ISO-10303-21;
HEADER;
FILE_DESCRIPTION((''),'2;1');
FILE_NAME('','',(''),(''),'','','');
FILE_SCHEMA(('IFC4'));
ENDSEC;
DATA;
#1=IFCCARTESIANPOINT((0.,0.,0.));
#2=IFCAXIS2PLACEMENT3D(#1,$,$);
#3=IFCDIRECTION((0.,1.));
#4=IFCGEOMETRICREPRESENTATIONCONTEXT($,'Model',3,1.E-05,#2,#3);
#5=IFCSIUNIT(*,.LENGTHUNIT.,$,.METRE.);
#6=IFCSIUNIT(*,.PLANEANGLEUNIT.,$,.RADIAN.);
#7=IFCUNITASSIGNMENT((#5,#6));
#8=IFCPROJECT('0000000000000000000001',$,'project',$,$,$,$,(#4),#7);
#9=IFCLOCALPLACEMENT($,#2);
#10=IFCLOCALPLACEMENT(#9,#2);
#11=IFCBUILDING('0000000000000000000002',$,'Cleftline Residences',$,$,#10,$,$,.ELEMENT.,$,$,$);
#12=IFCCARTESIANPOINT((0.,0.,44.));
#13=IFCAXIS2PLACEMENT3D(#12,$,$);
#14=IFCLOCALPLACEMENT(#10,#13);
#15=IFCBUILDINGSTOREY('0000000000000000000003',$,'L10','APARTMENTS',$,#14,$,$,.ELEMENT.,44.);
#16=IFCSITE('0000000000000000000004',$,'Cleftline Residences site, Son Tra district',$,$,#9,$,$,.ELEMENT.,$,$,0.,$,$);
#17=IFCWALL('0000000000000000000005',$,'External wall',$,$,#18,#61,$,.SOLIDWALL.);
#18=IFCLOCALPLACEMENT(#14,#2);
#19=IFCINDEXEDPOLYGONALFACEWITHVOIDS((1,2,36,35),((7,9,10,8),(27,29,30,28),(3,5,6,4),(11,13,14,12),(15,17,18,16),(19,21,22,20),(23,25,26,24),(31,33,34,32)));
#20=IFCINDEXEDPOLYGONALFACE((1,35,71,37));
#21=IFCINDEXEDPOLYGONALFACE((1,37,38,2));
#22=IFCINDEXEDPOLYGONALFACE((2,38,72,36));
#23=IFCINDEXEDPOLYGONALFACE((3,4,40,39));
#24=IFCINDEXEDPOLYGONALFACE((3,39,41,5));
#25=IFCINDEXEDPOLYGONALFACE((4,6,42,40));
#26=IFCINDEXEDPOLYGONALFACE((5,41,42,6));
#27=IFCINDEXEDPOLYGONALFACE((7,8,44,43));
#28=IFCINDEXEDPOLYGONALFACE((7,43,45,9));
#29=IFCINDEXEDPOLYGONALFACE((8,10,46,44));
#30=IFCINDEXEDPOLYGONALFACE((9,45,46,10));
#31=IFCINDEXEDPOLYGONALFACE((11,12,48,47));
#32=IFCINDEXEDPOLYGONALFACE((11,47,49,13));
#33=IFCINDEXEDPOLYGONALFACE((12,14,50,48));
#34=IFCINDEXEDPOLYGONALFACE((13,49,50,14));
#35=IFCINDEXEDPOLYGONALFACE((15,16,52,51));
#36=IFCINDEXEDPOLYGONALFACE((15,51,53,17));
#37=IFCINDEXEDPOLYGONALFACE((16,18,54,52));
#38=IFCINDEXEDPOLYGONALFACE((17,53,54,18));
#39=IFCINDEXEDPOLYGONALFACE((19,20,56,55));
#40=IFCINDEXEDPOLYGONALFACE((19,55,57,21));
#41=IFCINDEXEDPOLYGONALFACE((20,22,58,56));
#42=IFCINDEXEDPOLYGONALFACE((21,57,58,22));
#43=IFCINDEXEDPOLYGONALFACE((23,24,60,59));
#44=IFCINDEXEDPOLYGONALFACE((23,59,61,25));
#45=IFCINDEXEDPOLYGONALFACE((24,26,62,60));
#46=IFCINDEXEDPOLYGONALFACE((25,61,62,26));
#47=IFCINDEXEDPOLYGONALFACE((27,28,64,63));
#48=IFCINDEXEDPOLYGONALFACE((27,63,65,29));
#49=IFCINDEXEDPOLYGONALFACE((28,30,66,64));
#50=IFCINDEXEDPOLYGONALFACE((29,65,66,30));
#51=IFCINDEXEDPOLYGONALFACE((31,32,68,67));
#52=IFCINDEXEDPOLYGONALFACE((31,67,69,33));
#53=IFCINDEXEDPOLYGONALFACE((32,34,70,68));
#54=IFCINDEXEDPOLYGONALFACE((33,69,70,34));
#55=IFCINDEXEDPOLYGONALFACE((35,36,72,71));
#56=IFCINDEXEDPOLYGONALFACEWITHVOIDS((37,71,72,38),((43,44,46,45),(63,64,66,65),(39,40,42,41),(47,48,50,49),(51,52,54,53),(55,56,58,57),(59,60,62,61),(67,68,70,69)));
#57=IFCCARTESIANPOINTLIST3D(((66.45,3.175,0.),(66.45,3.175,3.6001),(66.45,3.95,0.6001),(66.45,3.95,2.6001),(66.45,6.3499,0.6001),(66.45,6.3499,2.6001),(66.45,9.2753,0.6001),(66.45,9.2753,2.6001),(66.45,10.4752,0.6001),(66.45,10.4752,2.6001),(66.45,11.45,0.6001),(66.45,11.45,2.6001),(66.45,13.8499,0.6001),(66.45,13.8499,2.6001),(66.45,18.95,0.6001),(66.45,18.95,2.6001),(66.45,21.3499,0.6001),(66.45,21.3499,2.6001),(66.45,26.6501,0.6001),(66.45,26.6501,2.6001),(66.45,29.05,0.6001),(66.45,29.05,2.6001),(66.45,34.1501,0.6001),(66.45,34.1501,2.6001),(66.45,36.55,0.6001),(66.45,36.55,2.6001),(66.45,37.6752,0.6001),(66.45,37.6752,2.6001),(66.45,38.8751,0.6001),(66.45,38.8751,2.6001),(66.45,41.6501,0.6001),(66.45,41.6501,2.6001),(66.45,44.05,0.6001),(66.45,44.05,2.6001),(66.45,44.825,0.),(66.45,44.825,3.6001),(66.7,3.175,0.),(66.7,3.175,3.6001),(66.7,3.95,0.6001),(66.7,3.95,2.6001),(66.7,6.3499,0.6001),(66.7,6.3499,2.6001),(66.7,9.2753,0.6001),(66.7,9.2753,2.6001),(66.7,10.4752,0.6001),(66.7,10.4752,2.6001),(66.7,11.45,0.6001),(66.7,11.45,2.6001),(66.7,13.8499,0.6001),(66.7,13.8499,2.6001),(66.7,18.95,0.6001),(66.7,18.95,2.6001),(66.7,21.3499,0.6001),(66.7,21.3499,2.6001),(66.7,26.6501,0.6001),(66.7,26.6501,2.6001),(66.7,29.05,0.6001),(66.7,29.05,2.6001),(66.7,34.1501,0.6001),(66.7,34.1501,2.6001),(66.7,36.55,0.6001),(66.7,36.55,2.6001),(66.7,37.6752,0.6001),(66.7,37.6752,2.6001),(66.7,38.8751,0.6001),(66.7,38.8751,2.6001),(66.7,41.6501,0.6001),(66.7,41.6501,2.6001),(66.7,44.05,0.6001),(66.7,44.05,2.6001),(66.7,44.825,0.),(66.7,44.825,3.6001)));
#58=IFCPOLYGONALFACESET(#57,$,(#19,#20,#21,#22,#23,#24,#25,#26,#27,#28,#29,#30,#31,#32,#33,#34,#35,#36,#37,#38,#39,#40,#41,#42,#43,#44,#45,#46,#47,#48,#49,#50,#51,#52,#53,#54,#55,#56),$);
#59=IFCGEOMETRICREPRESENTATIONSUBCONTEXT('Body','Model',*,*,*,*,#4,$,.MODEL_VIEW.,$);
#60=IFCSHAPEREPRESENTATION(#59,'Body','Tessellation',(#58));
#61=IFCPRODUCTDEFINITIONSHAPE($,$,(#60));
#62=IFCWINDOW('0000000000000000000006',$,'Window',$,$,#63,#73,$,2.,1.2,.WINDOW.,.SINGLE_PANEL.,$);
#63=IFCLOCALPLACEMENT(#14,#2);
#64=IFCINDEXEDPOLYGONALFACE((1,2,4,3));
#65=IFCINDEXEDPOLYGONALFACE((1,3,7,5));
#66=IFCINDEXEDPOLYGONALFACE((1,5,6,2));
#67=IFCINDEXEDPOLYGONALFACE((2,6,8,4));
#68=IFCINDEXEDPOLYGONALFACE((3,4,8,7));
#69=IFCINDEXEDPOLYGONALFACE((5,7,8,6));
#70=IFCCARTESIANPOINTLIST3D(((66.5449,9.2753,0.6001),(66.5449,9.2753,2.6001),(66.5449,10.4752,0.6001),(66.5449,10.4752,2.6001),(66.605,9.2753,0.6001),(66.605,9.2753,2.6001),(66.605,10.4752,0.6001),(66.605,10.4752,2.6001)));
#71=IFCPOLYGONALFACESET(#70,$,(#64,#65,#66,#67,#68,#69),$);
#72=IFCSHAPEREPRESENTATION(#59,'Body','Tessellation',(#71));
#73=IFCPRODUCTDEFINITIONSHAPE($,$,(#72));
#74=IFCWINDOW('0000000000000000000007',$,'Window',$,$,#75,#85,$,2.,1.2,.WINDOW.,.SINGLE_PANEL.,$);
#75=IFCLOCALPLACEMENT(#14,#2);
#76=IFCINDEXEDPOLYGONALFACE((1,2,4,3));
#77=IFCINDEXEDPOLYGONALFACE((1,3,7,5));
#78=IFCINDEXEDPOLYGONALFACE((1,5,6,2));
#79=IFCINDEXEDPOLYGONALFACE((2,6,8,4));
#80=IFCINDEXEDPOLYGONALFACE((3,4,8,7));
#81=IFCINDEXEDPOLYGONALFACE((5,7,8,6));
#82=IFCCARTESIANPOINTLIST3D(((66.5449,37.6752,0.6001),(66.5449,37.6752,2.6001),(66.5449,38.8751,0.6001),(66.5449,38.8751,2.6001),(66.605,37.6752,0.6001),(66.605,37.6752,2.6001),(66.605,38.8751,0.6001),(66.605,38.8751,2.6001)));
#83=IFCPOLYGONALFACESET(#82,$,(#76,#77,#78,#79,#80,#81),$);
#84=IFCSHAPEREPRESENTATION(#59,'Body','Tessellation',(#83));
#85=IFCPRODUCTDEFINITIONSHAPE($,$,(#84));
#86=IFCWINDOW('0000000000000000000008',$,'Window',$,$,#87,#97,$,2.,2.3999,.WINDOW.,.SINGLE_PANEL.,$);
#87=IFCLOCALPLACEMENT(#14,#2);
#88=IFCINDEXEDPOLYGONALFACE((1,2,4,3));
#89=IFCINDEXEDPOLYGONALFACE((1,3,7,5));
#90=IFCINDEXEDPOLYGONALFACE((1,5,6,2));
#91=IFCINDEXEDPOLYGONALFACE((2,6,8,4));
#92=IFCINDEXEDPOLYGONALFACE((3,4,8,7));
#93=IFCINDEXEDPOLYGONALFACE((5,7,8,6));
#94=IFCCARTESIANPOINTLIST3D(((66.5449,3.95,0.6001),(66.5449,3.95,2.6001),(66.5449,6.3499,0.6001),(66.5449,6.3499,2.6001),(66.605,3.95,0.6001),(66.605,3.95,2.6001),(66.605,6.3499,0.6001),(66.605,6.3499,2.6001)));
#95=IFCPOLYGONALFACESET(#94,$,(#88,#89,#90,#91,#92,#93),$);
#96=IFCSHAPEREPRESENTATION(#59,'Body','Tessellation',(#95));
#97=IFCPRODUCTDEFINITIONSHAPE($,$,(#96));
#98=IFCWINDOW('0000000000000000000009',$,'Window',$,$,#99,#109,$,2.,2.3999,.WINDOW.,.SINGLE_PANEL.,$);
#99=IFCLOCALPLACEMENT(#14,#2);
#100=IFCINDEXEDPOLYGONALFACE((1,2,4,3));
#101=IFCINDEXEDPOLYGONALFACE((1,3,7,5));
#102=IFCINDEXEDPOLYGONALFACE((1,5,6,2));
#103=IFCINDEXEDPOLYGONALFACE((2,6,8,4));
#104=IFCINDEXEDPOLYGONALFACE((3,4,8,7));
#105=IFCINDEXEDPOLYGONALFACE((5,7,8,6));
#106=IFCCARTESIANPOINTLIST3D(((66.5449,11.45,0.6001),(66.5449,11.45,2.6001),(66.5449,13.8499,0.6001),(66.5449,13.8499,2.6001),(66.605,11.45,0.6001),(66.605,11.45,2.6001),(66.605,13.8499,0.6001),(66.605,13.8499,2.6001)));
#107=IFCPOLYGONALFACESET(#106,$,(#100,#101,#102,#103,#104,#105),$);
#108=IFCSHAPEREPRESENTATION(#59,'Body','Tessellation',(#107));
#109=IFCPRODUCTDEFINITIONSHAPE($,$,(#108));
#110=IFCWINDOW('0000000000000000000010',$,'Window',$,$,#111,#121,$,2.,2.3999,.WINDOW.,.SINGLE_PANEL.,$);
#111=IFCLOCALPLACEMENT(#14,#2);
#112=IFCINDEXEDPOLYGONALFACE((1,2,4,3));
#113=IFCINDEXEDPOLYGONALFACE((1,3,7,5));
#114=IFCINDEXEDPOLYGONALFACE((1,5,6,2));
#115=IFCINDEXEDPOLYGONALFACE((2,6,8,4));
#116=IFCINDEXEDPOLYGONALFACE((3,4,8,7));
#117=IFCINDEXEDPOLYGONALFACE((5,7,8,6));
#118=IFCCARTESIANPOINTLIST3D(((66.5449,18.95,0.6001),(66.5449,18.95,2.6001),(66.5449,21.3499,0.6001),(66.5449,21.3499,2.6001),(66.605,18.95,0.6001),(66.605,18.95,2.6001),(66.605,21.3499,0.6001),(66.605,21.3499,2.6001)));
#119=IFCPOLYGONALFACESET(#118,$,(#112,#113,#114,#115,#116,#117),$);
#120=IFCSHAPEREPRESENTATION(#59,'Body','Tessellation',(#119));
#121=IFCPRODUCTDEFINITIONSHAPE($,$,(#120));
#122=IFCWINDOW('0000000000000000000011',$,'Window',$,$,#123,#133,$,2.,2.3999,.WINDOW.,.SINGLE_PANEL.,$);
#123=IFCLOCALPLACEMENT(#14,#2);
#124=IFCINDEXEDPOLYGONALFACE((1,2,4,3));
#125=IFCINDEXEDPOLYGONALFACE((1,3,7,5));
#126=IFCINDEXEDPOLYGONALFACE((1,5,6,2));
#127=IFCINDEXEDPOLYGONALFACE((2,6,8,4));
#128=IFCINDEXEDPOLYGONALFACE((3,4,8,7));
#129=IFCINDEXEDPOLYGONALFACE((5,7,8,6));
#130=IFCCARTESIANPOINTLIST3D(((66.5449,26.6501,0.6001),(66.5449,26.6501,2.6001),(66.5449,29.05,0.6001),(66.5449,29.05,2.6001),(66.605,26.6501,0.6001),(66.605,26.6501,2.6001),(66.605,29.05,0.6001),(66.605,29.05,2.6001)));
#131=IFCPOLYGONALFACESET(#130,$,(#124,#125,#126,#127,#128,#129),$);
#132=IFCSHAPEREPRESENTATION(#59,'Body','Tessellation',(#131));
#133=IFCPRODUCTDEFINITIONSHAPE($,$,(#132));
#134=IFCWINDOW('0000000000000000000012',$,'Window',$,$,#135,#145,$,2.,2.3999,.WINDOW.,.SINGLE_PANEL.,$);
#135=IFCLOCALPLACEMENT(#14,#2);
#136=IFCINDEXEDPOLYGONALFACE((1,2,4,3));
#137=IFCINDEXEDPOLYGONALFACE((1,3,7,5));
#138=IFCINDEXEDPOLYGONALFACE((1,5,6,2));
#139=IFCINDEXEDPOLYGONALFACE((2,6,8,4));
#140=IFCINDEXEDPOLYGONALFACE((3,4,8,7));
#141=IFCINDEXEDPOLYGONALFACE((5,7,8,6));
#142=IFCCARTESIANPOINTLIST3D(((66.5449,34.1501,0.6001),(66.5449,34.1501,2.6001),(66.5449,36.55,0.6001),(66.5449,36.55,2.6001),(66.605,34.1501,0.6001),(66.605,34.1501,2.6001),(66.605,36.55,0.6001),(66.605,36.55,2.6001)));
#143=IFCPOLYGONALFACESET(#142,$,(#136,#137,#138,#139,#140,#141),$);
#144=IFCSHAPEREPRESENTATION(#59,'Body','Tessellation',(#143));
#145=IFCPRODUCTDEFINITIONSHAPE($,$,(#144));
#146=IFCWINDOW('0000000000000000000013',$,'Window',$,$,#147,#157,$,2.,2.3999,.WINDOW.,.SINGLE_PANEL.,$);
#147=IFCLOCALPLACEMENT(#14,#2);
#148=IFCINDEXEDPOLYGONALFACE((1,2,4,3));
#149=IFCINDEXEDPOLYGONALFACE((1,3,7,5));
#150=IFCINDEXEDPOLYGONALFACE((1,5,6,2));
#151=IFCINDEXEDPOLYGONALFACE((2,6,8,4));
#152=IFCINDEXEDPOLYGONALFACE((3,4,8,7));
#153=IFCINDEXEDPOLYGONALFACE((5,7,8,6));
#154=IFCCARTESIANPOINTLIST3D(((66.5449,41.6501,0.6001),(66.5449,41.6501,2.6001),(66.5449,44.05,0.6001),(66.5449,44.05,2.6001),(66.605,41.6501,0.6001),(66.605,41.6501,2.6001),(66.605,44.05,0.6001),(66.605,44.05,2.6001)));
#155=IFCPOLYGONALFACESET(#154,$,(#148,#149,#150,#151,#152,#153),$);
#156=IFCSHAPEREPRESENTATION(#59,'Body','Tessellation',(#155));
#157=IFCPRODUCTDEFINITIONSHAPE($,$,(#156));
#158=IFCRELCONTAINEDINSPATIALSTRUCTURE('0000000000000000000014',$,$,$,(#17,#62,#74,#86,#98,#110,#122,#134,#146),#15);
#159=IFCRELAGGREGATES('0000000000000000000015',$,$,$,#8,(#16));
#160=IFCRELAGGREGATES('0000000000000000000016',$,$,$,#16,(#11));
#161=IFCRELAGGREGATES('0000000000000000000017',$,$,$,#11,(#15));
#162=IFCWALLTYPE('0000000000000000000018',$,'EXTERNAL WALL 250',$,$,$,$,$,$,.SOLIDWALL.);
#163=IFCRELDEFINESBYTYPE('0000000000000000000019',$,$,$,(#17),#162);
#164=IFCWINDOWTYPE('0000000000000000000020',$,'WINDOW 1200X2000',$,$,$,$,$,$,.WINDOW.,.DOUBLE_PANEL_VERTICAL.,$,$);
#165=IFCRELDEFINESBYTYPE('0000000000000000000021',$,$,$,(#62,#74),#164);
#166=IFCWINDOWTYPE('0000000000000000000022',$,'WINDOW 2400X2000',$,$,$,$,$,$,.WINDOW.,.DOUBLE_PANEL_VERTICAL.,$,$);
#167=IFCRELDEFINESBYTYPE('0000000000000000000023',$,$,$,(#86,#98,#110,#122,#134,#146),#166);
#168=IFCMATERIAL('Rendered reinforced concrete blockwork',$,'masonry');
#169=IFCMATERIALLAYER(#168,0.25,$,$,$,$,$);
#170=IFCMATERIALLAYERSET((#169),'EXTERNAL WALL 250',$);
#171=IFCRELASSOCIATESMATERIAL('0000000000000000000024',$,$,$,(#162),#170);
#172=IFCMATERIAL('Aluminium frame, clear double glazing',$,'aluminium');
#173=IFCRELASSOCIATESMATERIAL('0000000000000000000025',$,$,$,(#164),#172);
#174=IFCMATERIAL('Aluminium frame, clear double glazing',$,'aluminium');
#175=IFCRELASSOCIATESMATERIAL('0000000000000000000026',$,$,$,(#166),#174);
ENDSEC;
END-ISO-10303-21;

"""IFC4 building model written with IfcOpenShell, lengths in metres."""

from ifc_helpers import new_model, si_unit, direction, frame, frame_2d, origin, place, context, subcontext, project, spatial, rectangle, extrude, material, layer, layer_set, type_object, element, fill, save


model = new_model("IFC4")

# Units and contexts
model_context = context("Model", 3, precision=1e-05, world=origin(), true_north=direction((0.0, 1.0)))
body_context = subcontext(model_context, "Body", "Model", "MODEL_VIEW")
ifc_project = project(units=[si_unit("LENGTHUNIT", "METRE"), si_unit("PLANEANGLEUNIT", "RADIAN")], contexts=[model_context])

# Site, building, storey
site_placement = place(None, origin())
site = spatial("IfcSite", under=ifc_project, at=site_placement, Name="Cleftline Residences site, Son Tra district", CompositionType="ELEMENT", RefElevation=0.0)
building_placement = place(site_placement, origin())
building = spatial("IfcBuilding", under=site, at=building_placement, Name="Cleftline Residences", CompositionType="ELEMENT")
storey_placement = place(building_placement, frame((0.0, 0.0, 44.0)))
storey = spatial("IfcBuildingStorey", under=building, at=storey_placement, Name="L10", Description="APARTMENTS", CompositionType="ELEMENT", Elevation=44.0)

# Wall, openings, windows
ifc_material_1 = material(Name="Rendered reinforced concrete blockwork", Category="masonry")
ifc_layer_1 = layer(ifc_material_1, 0.25)
ifc_layer_set_1 = layer_set([ifc_layer_1], Name="EXTERNAL WALL 250")
wall_type = type_object("IfcWallType", Name="EXTERNAL WALL 250", PredefinedType="SOLIDWALL", material=ifc_layer_set_1)
wall_placement = place(storey_placement, frame((66.575, 3.175, 0.0), z_axis=(0.0, 0.0, 1.0), x_axis=(0.0, 1.0, 0.0)))
wall = element("IfcWall", 1, at=wall_placement, inside=storey, type_object=wall_type, Name="External wall", PredefinedType="SOLIDWALL", context=body_context, shape_type="SweptSolid", body=[
    extrude(rectangle(XDim=41.6499, YDim=0.25, at=frame_2d((20.825, 0.0))), origin(), (0.0, 0.0, 1.0), 3.6001),
])
opening_1_placement = place(wall_placement, frame((0.7749, 0.0, 0.6001)))
opening_1 = element("IfcOpeningElement", 2, at=opening_1_placement, cuts=wall, PredefinedType="OPENING", context=body_context, shape_type="SweptSolid", body=[
    extrude(rectangle(XDim=2.3999, YDim=2.0, at=frame_2d((1.2, 1.0))), frame((0.0, 0.135, 0.0), z_axis=(0.0, -1.0, 0.0), x_axis=(1.0, 0.0, 0.0)), (0.0, 0.0, 1.0), 0.27),
])
opening_2_placement = place(wall_placement, frame((6.1001, 0.0, 0.6001)))
opening_2 = element("IfcOpeningElement", 3, at=opening_2_placement, cuts=wall, PredefinedType="OPENING", context=body_context, shape_type="SweptSolid", body=[
    extrude(rectangle(XDim=1.2, YDim=2.0, at=frame_2d((0.6001, 1.0))), frame((0.0, 0.135, 0.0), z_axis=(0.0, -1.0, 0.0), x_axis=(1.0, 0.0, 0.0)), (0.0, 0.0, 1.0), 0.27),
])
opening_3_placement = place(wall_placement, frame((8.2749, 0.0, 0.6001)))
opening_3 = element("IfcOpeningElement", 4, at=opening_3_placement, cuts=wall, PredefinedType="OPENING", context=body_context, shape_type="SweptSolid", body=[
    extrude(rectangle(XDim=2.3999, YDim=2.0, at=frame_2d((1.2, 1.0))), frame((0.0, 0.135, 0.0), z_axis=(0.0, -1.0, 0.0), x_axis=(1.0, 0.0, 0.0)), (0.0, 0.0, 1.0), 0.27),
])
opening_4_placement = place(wall_placement, frame((15.7749, 0.0, 0.6001)))
opening_4 = element("IfcOpeningElement", 5, at=opening_4_placement, cuts=wall, PredefinedType="OPENING", context=body_context, shape_type="SweptSolid", body=[
    extrude(rectangle(XDim=2.3999, YDim=2.0, at=frame_2d((1.2, 1.0))), frame((0.0, 0.135, 0.0), z_axis=(0.0, -1.0, 0.0), x_axis=(1.0, 0.0, 0.0)), (0.0, 0.0, 1.0), 0.27),
])
opening_5_placement = place(wall_placement, frame((23.4751, 0.0, 0.6001)))
opening_5 = element("IfcOpeningElement", 6, at=opening_5_placement, cuts=wall, PredefinedType="OPENING", context=body_context, shape_type="SweptSolid", body=[
    extrude(rectangle(XDim=2.3999, YDim=2.0, at=frame_2d((1.2, 1.0))), frame((0.0, 0.135, 0.0), z_axis=(0.0, -1.0, 0.0), x_axis=(1.0, 0.0, 0.0)), (0.0, 0.0, 1.0), 0.27),
])
opening_6_placement = place(wall_placement, frame((30.9751, 0.0, 0.6001)))
opening_6 = element("IfcOpeningElement", 7, at=opening_6_placement, cuts=wall, PredefinedType="OPENING", context=body_context, shape_type="SweptSolid", body=[
    extrude(rectangle(XDim=2.3999, YDim=2.0, at=frame_2d((1.2, 1.0))), frame((0.0, 0.135, 0.0), z_axis=(0.0, -1.0, 0.0), x_axis=(1.0, 0.0, 0.0)), (0.0, 0.0, 1.0), 0.27),
])
opening_7_placement = place(wall_placement, frame((34.5, 0.0, 0.6001)))
opening_7 = element("IfcOpeningElement", 8, at=opening_7_placement, cuts=wall, PredefinedType="OPENING", context=body_context, shape_type="SweptSolid", body=[
    extrude(rectangle(XDim=1.2, YDim=2.0, at=frame_2d((0.6001, 1.0))), frame((0.0, 0.135, 0.0), z_axis=(0.0, -1.0, 0.0), x_axis=(1.0, 0.0, 0.0)), (0.0, 0.0, 1.0), 0.27),
])
opening_8_placement = place(wall_placement, frame((38.4751, 0.0, 0.6001)))
opening_8 = element("IfcOpeningElement", 9, at=opening_8_placement, cuts=wall, PredefinedType="OPENING", context=body_context, shape_type="SweptSolid", body=[
    extrude(rectangle(XDim=2.3999, YDim=2.0, at=frame_2d((1.2, 1.0))), frame((0.0, 0.135, 0.0), z_axis=(0.0, -1.0, 0.0), x_axis=(1.0, 0.0, 0.0)), (0.0, 0.0, 1.0), 0.27),
])
ifc_material_2 = material(Name="Aluminium frame, clear double glazing", Category="aluminium")
window_type_1 = type_object("IfcWindowType", Name="WINDOW 1200X2000", PartitioningType="DOUBLE_PANEL_VERTICAL", PredefinedType="WINDOW", material=ifc_material_2)
window_1_placement = place(opening_2_placement, origin())
window_1 = element("IfcWindow", 10, at=window_1_placement, inside=storey, type_object=window_type_1, Name="Window", OverallHeight=2.0, OverallWidth=1.2, PartitioningType="SINGLE_PANEL", PredefinedType="WINDOW", context=body_context, shape_type="SweptSolid", body=[
    extrude(rectangle(XDim=1.2, YDim=2.0, at=frame_2d((0.6001, 1.0))), frame((0.0, 0.03, 0.0), z_axis=(0.0, -1.0, 0.0), x_axis=(1.0, 0.0, 0.0)), (0.0, 0.0, 1.0), 0.0601),
])
fill(opening_2, window_1)
window_2_placement = place(opening_7_placement, origin())
window_2 = element("IfcWindow", 11, at=window_2_placement, inside=storey, type_object=window_type_1, Name="Window", OverallHeight=2.0, OverallWidth=1.2, PartitioningType="SINGLE_PANEL", PredefinedType="WINDOW", context=body_context, shape_type="SweptSolid", body=[
    extrude(rectangle(XDim=1.2, YDim=2.0, at=frame_2d((0.6001, 1.0))), frame((0.0, 0.03, 0.0), z_axis=(0.0, -1.0, 0.0), x_axis=(1.0, 0.0, 0.0)), (0.0, 0.0, 1.0), 0.0601),
])
fill(opening_7, window_2)
ifc_material_3 = material(Name="Aluminium frame, clear double glazing", Category="aluminium")
window_type_2 = type_object("IfcWindowType", Name="WINDOW 2400X2000", PartitioningType="DOUBLE_PANEL_VERTICAL", PredefinedType="WINDOW", material=ifc_material_3)
window_3_placement = place(opening_1_placement, origin())
window_3 = element("IfcWindow", 12, at=window_3_placement, inside=storey, type_object=window_type_2, Name="Window", OverallHeight=2.0, OverallWidth=2.3999, PartitioningType="SINGLE_PANEL", PredefinedType="WINDOW", context=body_context, shape_type="SweptSolid", body=[
    extrude(rectangle(XDim=2.3999, YDim=2.0, at=frame_2d((1.2, 1.0))), frame((0.0, 0.03, 0.0), z_axis=(0.0, -1.0, 0.0), x_axis=(1.0, 0.0, 0.0)), (0.0, 0.0, 1.0), 0.0601),
])
fill(opening_1, window_3)
window_4_placement = place(opening_3_placement, origin())
window_4 = element("IfcWindow", 13, at=window_4_placement, inside=storey, type_object=window_type_2, Name="Window", OverallHeight=2.0, OverallWidth=2.3999, PartitioningType="SINGLE_PANEL", PredefinedType="WINDOW", context=body_context, shape_type="SweptSolid", body=[
    extrude(rectangle(XDim=2.3999, YDim=2.0, at=frame_2d((1.2, 1.0))), frame((0.0, 0.03, 0.0), z_axis=(0.0, -1.0, 0.0), x_axis=(1.0, 0.0, 0.0)), (0.0, 0.0, 1.0), 0.0601),
])
fill(opening_3, window_4)
window_5_placement = place(opening_4_placement, origin())
window_5 = element("IfcWindow", 14, at=window_5_placement, inside=storey, type_object=window_type_2, Name="Window", OverallHeight=2.0, OverallWidth=2.3999, PartitioningType="SINGLE_PANEL", PredefinedType="WINDOW", context=body_context, shape_type="SweptSolid", body=[
    extrude(rectangle(XDim=2.3999, YDim=2.0, at=frame_2d((1.2, 1.0))), frame((0.0, 0.03, 0.0), z_axis=(0.0, -1.0, 0.0), x_axis=(1.0, 0.0, 0.0)), (0.0, 0.0, 1.0), 0.0601),
])
fill(opening_4, window_5)
window_6_placement = place(opening_5_placement, origin())
window_6 = element("IfcWindow", 15, at=window_6_placement, inside=storey, type_object=window_type_2, Name="Window", OverallHeight=2.0, OverallWidth=2.3999, PartitioningType="SINGLE_PANEL", PredefinedType="WINDOW", context=body_context, shape_type="SweptSolid", body=[
    extrude(rectangle(XDim=2.3999, YDim=2.0, at=frame_2d((1.2, 1.0))), frame((0.0, 0.03, 0.0), z_axis=(0.0, -1.0, 0.0), x_axis=(1.0, 0.0, 0.0)), (0.0, 0.0, 1.0), 0.0601),
])
fill(opening_5, window_6)
window_7_placement = place(opening_6_placement, origin())
window_7 = element("IfcWindow", 16, at=window_7_placement, inside=storey, type_object=window_type_2, Name="Window", OverallHeight=2.0, OverallWidth=2.3999, PartitioningType="SINGLE_PANEL", PredefinedType="WINDOW", context=body_context, shape_type="SweptSolid", body=[
    extrude(rectangle(XDim=2.3999, YDim=2.0, at=frame_2d((1.2, 1.0))), frame((0.0, 0.03, 0.0), z_axis=(0.0, -1.0, 0.0), x_axis=(1.0, 0.0, 0.0)), (0.0, 0.0, 1.0), 0.0601),
])
fill(opening_6, window_7)
window_8_placement = place(opening_8_placement, origin())
window_8 = element("IfcWindow", 17, at=window_8_placement, inside=storey, type_object=window_type_2, Name="Window", OverallHeight=2.0, OverallWidth=2.3999, PartitioningType="SINGLE_PANEL", PredefinedType="WINDOW", context=body_context, shape_type="SweptSolid", body=[
    extrude(rectangle(XDim=2.3999, YDim=2.0, at=frame_2d((1.2, 1.0))), frame((0.0, 0.03, 0.0), z_axis=(0.0, -1.0, 0.0), x_axis=(1.0, 0.0, 0.0)), (0.0, 0.0, 1.0), 0.0601),
])
fill(opening_8, window_8)

save(model, "model.ifc")
